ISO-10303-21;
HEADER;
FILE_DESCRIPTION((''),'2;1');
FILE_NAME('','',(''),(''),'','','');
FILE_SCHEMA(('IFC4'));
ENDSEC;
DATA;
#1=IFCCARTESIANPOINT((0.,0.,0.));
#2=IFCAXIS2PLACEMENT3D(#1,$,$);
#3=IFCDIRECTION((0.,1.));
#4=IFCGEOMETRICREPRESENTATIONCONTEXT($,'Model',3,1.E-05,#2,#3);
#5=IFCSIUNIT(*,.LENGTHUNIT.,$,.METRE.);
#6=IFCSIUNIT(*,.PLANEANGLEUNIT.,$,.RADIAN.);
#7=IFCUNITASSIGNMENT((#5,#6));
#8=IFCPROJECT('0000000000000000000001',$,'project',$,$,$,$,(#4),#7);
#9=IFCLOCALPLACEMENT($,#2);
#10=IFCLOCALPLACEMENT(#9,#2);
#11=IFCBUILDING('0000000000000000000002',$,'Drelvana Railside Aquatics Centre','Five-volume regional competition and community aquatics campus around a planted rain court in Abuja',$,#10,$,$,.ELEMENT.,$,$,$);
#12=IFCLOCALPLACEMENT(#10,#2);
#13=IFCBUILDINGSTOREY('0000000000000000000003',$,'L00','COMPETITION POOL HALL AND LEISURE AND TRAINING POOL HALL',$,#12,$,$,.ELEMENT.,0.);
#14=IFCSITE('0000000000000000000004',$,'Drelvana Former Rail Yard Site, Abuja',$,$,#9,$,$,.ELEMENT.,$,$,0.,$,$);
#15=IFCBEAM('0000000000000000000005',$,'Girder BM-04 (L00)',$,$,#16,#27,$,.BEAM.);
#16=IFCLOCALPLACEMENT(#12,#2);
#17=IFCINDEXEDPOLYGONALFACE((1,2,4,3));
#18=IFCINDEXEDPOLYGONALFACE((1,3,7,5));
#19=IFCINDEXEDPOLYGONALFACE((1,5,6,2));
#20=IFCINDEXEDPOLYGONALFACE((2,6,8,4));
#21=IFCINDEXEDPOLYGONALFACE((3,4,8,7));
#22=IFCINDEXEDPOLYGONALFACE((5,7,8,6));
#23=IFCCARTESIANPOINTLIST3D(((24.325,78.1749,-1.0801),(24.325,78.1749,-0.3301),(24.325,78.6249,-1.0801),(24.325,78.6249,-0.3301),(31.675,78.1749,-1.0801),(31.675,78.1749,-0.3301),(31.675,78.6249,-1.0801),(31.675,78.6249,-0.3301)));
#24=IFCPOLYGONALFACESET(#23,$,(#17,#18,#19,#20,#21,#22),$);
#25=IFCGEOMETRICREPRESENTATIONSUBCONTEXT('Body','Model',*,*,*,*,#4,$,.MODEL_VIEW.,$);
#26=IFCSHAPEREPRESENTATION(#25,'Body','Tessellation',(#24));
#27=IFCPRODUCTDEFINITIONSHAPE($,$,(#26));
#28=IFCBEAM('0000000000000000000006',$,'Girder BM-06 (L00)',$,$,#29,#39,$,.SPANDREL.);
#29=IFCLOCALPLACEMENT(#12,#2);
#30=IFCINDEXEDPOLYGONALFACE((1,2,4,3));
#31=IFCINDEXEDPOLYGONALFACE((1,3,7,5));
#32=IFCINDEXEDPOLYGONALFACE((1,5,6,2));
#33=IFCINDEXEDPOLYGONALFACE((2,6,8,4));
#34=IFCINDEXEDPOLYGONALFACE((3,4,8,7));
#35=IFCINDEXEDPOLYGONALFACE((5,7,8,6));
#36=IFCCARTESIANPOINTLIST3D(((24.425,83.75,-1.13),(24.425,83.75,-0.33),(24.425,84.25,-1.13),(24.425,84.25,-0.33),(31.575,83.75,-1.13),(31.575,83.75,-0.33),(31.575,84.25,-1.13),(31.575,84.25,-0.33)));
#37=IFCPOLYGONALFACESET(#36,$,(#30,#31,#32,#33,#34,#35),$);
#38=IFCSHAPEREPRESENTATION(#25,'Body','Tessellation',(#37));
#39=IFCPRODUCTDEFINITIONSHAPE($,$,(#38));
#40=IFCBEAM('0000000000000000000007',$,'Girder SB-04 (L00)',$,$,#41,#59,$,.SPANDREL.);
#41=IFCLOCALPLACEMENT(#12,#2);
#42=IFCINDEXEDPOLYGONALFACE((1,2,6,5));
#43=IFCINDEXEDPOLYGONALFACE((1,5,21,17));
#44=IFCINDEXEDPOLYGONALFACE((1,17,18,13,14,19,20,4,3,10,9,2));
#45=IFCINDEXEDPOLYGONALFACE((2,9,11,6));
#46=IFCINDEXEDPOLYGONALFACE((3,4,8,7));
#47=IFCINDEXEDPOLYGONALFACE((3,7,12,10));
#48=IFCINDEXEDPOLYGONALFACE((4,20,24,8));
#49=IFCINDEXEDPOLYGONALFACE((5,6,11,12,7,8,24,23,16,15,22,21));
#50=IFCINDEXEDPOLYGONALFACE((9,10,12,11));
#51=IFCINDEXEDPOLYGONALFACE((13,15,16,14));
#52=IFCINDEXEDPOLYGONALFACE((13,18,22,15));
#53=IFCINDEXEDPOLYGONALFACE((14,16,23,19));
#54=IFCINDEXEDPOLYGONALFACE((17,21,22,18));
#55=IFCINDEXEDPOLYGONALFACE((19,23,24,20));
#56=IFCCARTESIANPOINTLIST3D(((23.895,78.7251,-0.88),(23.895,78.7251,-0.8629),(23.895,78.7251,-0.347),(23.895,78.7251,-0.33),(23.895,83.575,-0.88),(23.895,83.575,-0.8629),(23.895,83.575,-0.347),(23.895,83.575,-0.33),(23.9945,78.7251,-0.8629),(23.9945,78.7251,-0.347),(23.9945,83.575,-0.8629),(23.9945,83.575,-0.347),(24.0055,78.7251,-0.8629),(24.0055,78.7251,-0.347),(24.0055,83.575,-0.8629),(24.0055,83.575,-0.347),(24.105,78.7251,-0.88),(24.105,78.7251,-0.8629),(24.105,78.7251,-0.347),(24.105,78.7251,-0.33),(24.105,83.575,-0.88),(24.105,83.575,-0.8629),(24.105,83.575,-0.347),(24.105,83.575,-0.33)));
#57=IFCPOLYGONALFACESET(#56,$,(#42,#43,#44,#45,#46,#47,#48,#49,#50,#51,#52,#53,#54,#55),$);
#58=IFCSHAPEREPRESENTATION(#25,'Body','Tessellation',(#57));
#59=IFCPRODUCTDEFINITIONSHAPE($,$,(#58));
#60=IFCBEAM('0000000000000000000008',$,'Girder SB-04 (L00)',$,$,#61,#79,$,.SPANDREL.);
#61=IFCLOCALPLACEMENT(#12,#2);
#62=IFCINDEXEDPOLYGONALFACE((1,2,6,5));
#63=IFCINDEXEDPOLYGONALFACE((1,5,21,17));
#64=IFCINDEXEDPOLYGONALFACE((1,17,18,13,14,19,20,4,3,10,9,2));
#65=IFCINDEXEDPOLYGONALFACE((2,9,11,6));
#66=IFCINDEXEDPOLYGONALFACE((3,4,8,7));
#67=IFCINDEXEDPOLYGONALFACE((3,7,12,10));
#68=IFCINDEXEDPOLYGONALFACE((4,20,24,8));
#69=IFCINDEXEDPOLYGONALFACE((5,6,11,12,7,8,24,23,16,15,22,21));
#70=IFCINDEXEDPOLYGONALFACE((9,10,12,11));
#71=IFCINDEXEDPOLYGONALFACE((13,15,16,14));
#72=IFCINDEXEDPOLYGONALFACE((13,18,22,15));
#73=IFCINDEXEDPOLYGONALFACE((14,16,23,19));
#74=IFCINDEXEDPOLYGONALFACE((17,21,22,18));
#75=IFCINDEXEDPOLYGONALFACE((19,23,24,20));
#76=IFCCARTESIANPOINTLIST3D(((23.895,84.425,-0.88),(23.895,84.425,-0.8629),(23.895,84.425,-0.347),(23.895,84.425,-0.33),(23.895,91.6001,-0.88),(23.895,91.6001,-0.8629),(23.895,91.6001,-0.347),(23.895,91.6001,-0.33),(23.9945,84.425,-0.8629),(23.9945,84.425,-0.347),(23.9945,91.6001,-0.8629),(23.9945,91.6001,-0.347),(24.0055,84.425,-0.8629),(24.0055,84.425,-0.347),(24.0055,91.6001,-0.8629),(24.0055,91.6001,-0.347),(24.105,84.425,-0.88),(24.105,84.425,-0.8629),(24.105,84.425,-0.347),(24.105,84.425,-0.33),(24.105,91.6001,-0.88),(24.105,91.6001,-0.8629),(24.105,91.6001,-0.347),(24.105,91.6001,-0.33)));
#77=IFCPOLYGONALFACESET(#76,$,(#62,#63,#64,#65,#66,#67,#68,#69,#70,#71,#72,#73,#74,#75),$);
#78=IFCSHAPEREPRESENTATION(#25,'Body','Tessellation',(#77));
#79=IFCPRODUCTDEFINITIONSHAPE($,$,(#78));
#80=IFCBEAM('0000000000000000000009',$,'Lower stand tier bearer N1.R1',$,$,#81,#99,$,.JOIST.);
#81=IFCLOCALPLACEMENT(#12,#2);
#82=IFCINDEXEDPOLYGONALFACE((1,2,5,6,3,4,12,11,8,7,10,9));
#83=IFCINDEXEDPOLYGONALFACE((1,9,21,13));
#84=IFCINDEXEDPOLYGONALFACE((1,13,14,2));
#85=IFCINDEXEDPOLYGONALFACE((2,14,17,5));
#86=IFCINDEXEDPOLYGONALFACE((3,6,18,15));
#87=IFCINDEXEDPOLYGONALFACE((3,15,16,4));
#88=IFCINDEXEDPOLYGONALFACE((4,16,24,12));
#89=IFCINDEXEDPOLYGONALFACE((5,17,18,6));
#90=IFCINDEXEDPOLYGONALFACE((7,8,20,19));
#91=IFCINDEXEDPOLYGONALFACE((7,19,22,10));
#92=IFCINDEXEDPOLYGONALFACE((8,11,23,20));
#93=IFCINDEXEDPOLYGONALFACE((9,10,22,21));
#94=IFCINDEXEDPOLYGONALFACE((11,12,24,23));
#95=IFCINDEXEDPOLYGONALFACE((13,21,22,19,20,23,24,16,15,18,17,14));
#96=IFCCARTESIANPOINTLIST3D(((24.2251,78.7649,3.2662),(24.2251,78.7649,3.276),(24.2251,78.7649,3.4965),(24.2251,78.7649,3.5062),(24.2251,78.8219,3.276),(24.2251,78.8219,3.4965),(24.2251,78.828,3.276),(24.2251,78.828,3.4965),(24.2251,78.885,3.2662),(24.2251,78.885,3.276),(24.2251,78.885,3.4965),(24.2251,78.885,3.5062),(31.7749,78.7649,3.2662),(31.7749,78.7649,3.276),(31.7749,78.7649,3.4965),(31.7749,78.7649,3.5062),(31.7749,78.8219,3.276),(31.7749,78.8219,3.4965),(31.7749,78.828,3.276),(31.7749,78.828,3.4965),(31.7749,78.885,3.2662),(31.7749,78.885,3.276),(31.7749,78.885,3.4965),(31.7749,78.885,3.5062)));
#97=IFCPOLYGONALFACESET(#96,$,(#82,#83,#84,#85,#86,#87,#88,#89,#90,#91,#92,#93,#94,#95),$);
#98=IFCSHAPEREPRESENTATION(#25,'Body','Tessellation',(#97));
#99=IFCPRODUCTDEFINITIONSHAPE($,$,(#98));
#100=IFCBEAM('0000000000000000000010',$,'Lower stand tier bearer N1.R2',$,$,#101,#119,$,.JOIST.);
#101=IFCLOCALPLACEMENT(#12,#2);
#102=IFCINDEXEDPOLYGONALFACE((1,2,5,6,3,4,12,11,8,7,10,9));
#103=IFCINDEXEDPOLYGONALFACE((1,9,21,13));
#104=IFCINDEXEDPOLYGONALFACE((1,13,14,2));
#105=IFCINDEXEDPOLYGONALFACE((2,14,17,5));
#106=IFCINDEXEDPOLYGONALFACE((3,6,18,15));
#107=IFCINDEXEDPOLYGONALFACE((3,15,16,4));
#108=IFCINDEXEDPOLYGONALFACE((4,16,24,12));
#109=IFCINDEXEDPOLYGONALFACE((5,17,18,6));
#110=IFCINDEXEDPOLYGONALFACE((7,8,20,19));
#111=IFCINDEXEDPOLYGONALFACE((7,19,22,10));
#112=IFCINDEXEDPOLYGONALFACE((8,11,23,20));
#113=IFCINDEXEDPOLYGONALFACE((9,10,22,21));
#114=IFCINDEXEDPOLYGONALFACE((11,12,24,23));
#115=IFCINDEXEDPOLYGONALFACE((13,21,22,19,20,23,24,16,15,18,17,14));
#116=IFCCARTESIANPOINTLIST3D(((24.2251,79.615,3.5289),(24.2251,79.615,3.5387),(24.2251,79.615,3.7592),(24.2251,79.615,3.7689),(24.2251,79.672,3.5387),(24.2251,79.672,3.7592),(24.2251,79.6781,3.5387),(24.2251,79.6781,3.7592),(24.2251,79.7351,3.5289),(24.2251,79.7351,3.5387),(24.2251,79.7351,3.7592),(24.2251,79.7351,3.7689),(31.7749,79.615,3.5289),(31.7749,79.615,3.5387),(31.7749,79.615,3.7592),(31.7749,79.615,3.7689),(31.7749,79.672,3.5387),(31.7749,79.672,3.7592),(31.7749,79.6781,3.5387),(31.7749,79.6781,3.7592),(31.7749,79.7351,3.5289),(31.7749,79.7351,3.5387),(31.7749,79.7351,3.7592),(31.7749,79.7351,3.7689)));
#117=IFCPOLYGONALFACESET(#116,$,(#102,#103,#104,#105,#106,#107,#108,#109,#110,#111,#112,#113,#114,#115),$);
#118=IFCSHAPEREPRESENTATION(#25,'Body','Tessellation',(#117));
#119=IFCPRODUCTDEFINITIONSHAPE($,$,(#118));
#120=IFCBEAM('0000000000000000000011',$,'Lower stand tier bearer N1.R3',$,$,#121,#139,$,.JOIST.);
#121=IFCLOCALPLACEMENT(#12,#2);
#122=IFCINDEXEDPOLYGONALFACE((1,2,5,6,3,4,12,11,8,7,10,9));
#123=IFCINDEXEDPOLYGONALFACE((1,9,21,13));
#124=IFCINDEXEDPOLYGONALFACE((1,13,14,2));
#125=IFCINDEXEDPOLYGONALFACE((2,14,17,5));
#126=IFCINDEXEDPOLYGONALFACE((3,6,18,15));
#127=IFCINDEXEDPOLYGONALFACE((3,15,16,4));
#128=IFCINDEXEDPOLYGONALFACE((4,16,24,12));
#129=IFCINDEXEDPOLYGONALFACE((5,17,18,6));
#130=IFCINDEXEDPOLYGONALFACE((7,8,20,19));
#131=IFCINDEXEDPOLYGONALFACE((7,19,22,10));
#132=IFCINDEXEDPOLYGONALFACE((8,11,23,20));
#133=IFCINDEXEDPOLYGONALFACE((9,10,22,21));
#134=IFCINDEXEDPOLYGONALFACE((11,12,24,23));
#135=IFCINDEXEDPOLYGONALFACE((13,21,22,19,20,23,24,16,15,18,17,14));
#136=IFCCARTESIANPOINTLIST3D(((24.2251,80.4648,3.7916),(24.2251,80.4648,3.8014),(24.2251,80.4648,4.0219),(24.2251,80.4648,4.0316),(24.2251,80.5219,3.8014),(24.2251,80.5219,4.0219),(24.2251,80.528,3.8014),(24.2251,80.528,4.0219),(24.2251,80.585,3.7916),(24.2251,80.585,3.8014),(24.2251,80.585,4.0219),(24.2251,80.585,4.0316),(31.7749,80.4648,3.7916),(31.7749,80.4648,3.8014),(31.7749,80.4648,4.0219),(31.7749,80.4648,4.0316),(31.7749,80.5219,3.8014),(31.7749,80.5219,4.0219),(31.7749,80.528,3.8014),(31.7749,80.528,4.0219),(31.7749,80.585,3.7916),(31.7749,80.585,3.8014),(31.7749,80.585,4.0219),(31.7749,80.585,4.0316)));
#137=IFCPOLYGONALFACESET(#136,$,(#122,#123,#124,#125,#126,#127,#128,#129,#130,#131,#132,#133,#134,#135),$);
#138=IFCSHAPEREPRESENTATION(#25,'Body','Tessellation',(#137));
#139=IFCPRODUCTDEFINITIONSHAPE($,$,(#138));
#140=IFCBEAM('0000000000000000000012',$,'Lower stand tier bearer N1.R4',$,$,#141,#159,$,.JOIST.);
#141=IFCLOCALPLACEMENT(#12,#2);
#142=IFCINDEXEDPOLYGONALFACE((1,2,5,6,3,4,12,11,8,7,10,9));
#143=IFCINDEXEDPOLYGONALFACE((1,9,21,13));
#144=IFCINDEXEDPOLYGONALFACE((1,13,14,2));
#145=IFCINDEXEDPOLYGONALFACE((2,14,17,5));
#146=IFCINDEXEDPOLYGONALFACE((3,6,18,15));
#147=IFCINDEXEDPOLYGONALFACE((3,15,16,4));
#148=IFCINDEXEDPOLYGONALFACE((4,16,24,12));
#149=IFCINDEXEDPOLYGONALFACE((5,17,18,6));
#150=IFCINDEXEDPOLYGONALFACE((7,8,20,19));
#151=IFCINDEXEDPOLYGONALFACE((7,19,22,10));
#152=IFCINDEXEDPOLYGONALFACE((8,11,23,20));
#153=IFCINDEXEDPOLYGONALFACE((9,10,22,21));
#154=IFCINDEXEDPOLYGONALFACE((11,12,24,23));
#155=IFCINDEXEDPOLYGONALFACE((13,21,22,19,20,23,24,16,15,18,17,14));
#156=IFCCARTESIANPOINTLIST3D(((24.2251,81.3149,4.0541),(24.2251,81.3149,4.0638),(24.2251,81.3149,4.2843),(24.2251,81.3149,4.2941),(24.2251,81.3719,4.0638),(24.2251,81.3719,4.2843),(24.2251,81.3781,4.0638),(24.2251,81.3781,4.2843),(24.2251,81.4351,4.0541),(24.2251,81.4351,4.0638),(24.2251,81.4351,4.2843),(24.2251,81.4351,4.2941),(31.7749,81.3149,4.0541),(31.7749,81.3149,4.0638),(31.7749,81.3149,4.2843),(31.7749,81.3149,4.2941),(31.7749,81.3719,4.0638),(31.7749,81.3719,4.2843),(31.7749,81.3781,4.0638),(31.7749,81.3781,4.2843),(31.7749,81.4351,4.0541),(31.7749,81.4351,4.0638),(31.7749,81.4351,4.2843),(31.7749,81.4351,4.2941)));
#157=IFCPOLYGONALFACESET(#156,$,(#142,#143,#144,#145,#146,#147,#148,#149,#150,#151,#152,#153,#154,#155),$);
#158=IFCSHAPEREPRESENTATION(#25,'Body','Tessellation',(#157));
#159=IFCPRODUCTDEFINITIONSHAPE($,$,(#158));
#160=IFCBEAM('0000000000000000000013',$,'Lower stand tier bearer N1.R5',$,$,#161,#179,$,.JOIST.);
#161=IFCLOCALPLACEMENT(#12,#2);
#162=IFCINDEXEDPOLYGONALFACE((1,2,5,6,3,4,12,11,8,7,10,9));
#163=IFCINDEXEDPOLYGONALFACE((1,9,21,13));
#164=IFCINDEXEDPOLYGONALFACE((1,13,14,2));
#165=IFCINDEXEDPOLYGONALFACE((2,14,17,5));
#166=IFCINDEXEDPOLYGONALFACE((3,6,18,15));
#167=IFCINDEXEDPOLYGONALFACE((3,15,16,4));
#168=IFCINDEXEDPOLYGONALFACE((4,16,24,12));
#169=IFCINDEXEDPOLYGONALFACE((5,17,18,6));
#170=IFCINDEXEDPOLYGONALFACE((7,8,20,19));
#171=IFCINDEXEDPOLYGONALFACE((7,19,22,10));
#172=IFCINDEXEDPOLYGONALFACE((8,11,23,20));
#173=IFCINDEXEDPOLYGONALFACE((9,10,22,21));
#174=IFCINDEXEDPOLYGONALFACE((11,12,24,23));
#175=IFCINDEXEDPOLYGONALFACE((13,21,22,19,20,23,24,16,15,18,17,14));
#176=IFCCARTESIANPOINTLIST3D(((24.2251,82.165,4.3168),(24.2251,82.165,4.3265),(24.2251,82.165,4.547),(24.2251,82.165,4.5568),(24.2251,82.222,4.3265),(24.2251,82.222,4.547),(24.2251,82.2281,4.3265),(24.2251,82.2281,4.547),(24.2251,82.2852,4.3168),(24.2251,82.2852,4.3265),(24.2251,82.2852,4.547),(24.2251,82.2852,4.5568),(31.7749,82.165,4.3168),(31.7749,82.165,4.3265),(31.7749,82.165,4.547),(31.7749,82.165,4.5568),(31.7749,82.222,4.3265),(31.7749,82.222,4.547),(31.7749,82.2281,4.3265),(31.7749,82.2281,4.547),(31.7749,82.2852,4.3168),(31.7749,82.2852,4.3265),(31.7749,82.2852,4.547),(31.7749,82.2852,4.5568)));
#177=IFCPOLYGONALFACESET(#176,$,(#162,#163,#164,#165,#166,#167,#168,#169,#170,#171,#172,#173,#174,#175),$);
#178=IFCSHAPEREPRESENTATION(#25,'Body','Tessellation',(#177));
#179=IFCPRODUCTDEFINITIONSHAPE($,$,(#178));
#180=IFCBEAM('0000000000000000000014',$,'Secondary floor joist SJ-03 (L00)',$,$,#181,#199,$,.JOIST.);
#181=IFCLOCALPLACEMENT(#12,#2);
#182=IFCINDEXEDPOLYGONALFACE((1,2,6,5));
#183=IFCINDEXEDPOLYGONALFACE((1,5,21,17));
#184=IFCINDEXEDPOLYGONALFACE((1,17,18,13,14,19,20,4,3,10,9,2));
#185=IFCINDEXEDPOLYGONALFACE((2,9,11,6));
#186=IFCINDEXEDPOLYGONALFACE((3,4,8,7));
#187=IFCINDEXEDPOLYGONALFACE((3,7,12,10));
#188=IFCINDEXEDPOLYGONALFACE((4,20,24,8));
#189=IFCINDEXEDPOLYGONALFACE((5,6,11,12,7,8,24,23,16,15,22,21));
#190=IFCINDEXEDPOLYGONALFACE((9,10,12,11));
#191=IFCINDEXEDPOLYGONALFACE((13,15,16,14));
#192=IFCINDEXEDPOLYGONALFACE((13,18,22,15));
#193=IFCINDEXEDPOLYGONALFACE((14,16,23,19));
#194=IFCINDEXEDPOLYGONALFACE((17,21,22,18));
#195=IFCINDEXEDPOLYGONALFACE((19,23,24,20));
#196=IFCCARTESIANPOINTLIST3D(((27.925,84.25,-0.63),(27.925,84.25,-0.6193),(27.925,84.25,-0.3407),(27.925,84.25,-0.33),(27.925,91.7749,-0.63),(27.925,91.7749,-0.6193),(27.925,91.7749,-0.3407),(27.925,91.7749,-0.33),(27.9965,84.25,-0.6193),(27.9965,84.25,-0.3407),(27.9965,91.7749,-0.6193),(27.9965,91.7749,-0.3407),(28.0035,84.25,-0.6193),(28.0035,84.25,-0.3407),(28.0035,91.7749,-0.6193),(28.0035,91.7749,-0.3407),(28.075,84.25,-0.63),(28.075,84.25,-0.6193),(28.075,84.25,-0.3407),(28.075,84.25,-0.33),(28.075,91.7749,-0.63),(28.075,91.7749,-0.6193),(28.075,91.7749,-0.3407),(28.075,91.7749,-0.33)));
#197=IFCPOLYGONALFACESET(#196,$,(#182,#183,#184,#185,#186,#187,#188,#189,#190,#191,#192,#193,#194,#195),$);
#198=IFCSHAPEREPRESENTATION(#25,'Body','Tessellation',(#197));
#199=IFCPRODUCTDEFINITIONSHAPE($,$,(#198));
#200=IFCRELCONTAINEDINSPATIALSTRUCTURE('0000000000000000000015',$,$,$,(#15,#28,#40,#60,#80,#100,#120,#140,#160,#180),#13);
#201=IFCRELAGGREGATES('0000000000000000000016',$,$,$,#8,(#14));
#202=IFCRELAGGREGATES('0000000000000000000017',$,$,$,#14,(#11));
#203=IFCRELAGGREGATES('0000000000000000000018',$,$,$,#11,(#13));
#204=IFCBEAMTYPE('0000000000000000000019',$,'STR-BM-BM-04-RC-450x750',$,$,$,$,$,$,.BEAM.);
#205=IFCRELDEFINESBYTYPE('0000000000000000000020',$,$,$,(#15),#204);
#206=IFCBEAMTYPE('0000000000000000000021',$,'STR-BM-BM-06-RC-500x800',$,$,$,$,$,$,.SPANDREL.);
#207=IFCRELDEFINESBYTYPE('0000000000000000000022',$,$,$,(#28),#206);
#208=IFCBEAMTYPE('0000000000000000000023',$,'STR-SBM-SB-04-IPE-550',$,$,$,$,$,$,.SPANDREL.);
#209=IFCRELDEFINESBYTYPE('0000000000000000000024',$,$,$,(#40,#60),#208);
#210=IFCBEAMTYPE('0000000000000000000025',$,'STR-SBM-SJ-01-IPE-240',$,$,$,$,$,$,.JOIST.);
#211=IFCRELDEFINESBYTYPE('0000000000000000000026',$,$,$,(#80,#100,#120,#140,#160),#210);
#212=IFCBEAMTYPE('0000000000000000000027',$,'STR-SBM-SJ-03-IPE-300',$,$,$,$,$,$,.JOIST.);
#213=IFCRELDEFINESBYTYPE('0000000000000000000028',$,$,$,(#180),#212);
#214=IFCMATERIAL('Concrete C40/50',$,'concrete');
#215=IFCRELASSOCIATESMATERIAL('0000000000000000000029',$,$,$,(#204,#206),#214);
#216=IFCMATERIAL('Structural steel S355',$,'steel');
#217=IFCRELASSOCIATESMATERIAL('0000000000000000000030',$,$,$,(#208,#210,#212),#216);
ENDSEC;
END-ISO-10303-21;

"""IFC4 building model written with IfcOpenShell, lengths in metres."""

from ifc_helpers import new_model, si_unit, direction, frame, origin, origin_2d, place, context, subcontext, project, spatial, rectangle, i_section, extrude, material, material_profile, profile_set, type_object, element, save


model = new_model("IFC4")

# Units and contexts
model_context = context("Model", 3, precision=1e-05, world=origin(), true_north=direction((0.0, 1.0)))
body_context = subcontext(model_context, "Body", "Model", "MODEL_VIEW")
ifc_project = project(units=[si_unit("LENGTHUNIT", "METRE"), si_unit("PLANEANGLEUNIT", "RADIAN")], contexts=[model_context])

# Site, building, storey
site_placement = place(None, origin())
site = spatial("IfcSite", under=ifc_project, at=site_placement, Name="Drelvana Former Rail Yard Site, Abuja", CompositionType="ELEMENT", RefElevation=0.0)
building_placement = place(site_placement, origin())
building = spatial("IfcBuilding", under=site, at=building_placement, Name="Drelvana Railside Aquatics Centre", Description="Five-volume regional competition and community aquatics campus around a planted rain court in Abuja", CompositionType="ELEMENT")
storey_placement = place(building_placement, origin())
storey = spatial("IfcBuildingStorey", under=building, at=storey_placement, Name="L00", Description="COMPETITION POOL HALL AND LEISURE AND TRAINING POOL HALL", CompositionType="ELEMENT", Elevation=0.0)

# Shared definitions
ifc_material_1 = material(Name="Concrete C40/50", Category="concrete")

# Beams
ifc_material_profile_1 = material_profile(ifc_material_1, rectangle(XDim=0.45, YDim=0.75, at=origin_2d()), Name="RC 450x750")
ifc_profile_set_1 = profile_set([ifc_material_profile_1], Name="Concrete C40/50")
beam_type_1 = type_object("IfcBeamType", Name="STR-BM-BM-04-RC-450x750", PredefinedType="BEAM", material=ifc_profile_set_1)
beam_1_placement = place(storey_placement, frame((24.325, 78.3999, -0.7051), z_axis=(1.0, 0.0, 0.0), x_axis=(0.0, 1.0, 0.0)))
element("IfcBeam", 1, at=beam_1_placement, inside=storey, type_object=beam_type_1, Name="Girder BM-04 (L00)", PredefinedType="BEAM", context=body_context, shape_type="SweptSolid", body=[
    extrude(rectangle(XDim=0.45, YDim=0.75, at=origin_2d()), origin(), (0.0, 0.0, 1.0), 7.3501),
])
ifc_material_profile_2 = material_profile(ifc_material_1, rectangle(XDim=0.5, YDim=0.8, at=origin_2d()), Name="RC 500x800")
ifc_profile_set_2 = profile_set([ifc_material_profile_2], Name="Concrete C40/50")
beam_type_2 = type_object("IfcBeamType", Name="STR-BM-BM-06-RC-500x800", PredefinedType="SPANDREL", material=ifc_profile_set_2)
beam_2_placement = place(storey_placement, frame((24.425, 84.0, -0.73), z_axis=(1.0, 0.0, 0.0), x_axis=(0.0, 1.0, 0.0)))
element("IfcBeam", 2, at=beam_2_placement, inside=storey, type_object=beam_type_2, Name="Girder BM-06 (L00)", PredefinedType="SPANDREL", context=body_context, shape_type="SweptSolid", body=[
    extrude(rectangle(XDim=0.5, YDim=0.8, at=origin_2d()), origin(), (0.0, 0.0, 1.0), 7.1499),
])
ifc_material_2 = material(Name="Structural steel S355", Category="steel")
ifc_material_profile_3 = material_profile(ifc_material_2, i_section(OverallWidth=0.21, OverallDepth=0.55, WebThickness=0.011, FlangeThickness=0.0171, at=origin_2d()), Name="IPE 550")
ifc_profile_set_3 = profile_set([ifc_material_profile_3], Name="Structural steel S355")
beam_type_3 = type_object("IfcBeamType", Name="STR-SBM-SB-04-IPE-550", PredefinedType="SPANDREL", material=ifc_profile_set_3)
beam_3_placement = place(storey_placement, frame((24.0, 78.7251, -0.605), z_axis=(0.0, 1.0, 0.0), x_axis=(-1.0, 0.0, 0.0)))
element("IfcBeam", 3, at=beam_3_placement, inside=storey, type_object=beam_type_3, Name="Girder SB-04 (L00)", PredefinedType="SPANDREL", context=body_context, shape_type="SweptSolid", body=[
    extrude(i_section(OverallWidth=0.21, OverallDepth=0.55, WebThickness=0.011, FlangeThickness=0.0171, at=origin_2d()), origin(), (0.0, 0.0, 1.0), 4.8499),
])
beam_4_placement = place(storey_placement, frame((24.0, 84.425, -0.605), z_axis=(0.0, 1.0, 0.0), x_axis=(-1.0, 0.0, 0.0)))
element("IfcBeam", 4, at=beam_4_placement, inside=storey, type_object=beam_type_3, Name="Girder SB-04 (L00)", PredefinedType="SPANDREL", context=body_context, shape_type="SweptSolid", body=[
    extrude(i_section(OverallWidth=0.21, OverallDepth=0.55, WebThickness=0.011, FlangeThickness=0.0171, at=origin_2d()), origin(), (0.0, 0.0, 1.0), 7.175),
])
ifc_material_profile_4 = material_profile(ifc_material_2, i_section(OverallWidth=0.1201, OverallDepth=0.24, WebThickness=0.0061, FlangeThickness=0.0098, at=origin_2d()), Name="IPE 240")
ifc_profile_set_4 = profile_set([ifc_material_profile_4], Name="Structural steel S355")
beam_type_4 = type_object("IfcBeamType", Name="STR-SBM-SJ-01-IPE-240", PredefinedType="JOIST", material=ifc_profile_set_4)
for number, where, z_axis, x_axis, name in (
    (5, (24.2251, 78.825, 3.3862), (1.0, 0.0, 0.0), (0.0, 1.0, 0.0), "Lower stand tier bearer N1.R1"),
    (6, (24.2251, 79.675, 3.6489), (1.0, 0.0, 0.0), (0.0, 1.0, 0.0), "Lower stand tier bearer N1.R2"),
    (7, (24.2251, 80.5249, 3.9116), (1.0, 0.0, 0.0), (0.0, 1.0, 0.0), "Lower stand tier bearer N1.R3"),
    (8, (24.2251, 81.375, 4.1741), (1.0, 0.0, 0.0), (0.0, 1.0, 0.0), "Lower stand tier bearer N1.R4"),
    (9, (24.2251, 82.2251, 4.4368), (1.0, 0.0, 0.0), (0.0, 1.0, 0.0), "Lower stand tier bearer N1.R5"),
):
    element("IfcBeam", number, at=place(storey_placement, frame(where, z_axis=z_axis, x_axis=x_axis)), inside=storey, type_object=beam_type_4, Name=name, PredefinedType="JOIST", context=body_context, shape_type="SweptSolid", body=[
        extrude(i_section(OverallWidth=0.1201, OverallDepth=0.24, WebThickness=0.0061, FlangeThickness=0.0098, at=origin_2d()), origin(), (0.0, 0.0, 1.0), 7.5498),
    ])
ifc_material_profile_5 = material_profile(ifc_material_2, i_section(OverallWidth=0.1499, OverallDepth=0.3, WebThickness=0.0071, FlangeThickness=0.0107, at=origin_2d()), Name="IPE 300")
ifc_profile_set_5 = profile_set([ifc_material_profile_5], Name="Structural steel S355")
beam_type_5 = type_object("IfcBeamType", Name="STR-SBM-SJ-03-IPE-300", PredefinedType="JOIST", material=ifc_profile_set_5)
beam_5_placement = place(storey_placement, frame((28.0, 84.25, -0.48), z_axis=(0.0, 1.0, 0.0), x_axis=(-1.0, 0.0, 0.0)))
element("IfcBeam", 10, at=beam_5_placement, inside=storey, type_object=beam_type_5, Name="Secondary floor joist SJ-03 (L00)", PredefinedType="JOIST", context=body_context, shape_type="SweptSolid", body=[
    extrude(i_section(OverallWidth=0.1499, OverallDepth=0.3, WebThickness=0.0071, FlangeThickness=0.0107, at=origin_2d()), origin(), (0.0, 0.0, 1.0), 7.5249),
])

save(model, "model.ifc")
